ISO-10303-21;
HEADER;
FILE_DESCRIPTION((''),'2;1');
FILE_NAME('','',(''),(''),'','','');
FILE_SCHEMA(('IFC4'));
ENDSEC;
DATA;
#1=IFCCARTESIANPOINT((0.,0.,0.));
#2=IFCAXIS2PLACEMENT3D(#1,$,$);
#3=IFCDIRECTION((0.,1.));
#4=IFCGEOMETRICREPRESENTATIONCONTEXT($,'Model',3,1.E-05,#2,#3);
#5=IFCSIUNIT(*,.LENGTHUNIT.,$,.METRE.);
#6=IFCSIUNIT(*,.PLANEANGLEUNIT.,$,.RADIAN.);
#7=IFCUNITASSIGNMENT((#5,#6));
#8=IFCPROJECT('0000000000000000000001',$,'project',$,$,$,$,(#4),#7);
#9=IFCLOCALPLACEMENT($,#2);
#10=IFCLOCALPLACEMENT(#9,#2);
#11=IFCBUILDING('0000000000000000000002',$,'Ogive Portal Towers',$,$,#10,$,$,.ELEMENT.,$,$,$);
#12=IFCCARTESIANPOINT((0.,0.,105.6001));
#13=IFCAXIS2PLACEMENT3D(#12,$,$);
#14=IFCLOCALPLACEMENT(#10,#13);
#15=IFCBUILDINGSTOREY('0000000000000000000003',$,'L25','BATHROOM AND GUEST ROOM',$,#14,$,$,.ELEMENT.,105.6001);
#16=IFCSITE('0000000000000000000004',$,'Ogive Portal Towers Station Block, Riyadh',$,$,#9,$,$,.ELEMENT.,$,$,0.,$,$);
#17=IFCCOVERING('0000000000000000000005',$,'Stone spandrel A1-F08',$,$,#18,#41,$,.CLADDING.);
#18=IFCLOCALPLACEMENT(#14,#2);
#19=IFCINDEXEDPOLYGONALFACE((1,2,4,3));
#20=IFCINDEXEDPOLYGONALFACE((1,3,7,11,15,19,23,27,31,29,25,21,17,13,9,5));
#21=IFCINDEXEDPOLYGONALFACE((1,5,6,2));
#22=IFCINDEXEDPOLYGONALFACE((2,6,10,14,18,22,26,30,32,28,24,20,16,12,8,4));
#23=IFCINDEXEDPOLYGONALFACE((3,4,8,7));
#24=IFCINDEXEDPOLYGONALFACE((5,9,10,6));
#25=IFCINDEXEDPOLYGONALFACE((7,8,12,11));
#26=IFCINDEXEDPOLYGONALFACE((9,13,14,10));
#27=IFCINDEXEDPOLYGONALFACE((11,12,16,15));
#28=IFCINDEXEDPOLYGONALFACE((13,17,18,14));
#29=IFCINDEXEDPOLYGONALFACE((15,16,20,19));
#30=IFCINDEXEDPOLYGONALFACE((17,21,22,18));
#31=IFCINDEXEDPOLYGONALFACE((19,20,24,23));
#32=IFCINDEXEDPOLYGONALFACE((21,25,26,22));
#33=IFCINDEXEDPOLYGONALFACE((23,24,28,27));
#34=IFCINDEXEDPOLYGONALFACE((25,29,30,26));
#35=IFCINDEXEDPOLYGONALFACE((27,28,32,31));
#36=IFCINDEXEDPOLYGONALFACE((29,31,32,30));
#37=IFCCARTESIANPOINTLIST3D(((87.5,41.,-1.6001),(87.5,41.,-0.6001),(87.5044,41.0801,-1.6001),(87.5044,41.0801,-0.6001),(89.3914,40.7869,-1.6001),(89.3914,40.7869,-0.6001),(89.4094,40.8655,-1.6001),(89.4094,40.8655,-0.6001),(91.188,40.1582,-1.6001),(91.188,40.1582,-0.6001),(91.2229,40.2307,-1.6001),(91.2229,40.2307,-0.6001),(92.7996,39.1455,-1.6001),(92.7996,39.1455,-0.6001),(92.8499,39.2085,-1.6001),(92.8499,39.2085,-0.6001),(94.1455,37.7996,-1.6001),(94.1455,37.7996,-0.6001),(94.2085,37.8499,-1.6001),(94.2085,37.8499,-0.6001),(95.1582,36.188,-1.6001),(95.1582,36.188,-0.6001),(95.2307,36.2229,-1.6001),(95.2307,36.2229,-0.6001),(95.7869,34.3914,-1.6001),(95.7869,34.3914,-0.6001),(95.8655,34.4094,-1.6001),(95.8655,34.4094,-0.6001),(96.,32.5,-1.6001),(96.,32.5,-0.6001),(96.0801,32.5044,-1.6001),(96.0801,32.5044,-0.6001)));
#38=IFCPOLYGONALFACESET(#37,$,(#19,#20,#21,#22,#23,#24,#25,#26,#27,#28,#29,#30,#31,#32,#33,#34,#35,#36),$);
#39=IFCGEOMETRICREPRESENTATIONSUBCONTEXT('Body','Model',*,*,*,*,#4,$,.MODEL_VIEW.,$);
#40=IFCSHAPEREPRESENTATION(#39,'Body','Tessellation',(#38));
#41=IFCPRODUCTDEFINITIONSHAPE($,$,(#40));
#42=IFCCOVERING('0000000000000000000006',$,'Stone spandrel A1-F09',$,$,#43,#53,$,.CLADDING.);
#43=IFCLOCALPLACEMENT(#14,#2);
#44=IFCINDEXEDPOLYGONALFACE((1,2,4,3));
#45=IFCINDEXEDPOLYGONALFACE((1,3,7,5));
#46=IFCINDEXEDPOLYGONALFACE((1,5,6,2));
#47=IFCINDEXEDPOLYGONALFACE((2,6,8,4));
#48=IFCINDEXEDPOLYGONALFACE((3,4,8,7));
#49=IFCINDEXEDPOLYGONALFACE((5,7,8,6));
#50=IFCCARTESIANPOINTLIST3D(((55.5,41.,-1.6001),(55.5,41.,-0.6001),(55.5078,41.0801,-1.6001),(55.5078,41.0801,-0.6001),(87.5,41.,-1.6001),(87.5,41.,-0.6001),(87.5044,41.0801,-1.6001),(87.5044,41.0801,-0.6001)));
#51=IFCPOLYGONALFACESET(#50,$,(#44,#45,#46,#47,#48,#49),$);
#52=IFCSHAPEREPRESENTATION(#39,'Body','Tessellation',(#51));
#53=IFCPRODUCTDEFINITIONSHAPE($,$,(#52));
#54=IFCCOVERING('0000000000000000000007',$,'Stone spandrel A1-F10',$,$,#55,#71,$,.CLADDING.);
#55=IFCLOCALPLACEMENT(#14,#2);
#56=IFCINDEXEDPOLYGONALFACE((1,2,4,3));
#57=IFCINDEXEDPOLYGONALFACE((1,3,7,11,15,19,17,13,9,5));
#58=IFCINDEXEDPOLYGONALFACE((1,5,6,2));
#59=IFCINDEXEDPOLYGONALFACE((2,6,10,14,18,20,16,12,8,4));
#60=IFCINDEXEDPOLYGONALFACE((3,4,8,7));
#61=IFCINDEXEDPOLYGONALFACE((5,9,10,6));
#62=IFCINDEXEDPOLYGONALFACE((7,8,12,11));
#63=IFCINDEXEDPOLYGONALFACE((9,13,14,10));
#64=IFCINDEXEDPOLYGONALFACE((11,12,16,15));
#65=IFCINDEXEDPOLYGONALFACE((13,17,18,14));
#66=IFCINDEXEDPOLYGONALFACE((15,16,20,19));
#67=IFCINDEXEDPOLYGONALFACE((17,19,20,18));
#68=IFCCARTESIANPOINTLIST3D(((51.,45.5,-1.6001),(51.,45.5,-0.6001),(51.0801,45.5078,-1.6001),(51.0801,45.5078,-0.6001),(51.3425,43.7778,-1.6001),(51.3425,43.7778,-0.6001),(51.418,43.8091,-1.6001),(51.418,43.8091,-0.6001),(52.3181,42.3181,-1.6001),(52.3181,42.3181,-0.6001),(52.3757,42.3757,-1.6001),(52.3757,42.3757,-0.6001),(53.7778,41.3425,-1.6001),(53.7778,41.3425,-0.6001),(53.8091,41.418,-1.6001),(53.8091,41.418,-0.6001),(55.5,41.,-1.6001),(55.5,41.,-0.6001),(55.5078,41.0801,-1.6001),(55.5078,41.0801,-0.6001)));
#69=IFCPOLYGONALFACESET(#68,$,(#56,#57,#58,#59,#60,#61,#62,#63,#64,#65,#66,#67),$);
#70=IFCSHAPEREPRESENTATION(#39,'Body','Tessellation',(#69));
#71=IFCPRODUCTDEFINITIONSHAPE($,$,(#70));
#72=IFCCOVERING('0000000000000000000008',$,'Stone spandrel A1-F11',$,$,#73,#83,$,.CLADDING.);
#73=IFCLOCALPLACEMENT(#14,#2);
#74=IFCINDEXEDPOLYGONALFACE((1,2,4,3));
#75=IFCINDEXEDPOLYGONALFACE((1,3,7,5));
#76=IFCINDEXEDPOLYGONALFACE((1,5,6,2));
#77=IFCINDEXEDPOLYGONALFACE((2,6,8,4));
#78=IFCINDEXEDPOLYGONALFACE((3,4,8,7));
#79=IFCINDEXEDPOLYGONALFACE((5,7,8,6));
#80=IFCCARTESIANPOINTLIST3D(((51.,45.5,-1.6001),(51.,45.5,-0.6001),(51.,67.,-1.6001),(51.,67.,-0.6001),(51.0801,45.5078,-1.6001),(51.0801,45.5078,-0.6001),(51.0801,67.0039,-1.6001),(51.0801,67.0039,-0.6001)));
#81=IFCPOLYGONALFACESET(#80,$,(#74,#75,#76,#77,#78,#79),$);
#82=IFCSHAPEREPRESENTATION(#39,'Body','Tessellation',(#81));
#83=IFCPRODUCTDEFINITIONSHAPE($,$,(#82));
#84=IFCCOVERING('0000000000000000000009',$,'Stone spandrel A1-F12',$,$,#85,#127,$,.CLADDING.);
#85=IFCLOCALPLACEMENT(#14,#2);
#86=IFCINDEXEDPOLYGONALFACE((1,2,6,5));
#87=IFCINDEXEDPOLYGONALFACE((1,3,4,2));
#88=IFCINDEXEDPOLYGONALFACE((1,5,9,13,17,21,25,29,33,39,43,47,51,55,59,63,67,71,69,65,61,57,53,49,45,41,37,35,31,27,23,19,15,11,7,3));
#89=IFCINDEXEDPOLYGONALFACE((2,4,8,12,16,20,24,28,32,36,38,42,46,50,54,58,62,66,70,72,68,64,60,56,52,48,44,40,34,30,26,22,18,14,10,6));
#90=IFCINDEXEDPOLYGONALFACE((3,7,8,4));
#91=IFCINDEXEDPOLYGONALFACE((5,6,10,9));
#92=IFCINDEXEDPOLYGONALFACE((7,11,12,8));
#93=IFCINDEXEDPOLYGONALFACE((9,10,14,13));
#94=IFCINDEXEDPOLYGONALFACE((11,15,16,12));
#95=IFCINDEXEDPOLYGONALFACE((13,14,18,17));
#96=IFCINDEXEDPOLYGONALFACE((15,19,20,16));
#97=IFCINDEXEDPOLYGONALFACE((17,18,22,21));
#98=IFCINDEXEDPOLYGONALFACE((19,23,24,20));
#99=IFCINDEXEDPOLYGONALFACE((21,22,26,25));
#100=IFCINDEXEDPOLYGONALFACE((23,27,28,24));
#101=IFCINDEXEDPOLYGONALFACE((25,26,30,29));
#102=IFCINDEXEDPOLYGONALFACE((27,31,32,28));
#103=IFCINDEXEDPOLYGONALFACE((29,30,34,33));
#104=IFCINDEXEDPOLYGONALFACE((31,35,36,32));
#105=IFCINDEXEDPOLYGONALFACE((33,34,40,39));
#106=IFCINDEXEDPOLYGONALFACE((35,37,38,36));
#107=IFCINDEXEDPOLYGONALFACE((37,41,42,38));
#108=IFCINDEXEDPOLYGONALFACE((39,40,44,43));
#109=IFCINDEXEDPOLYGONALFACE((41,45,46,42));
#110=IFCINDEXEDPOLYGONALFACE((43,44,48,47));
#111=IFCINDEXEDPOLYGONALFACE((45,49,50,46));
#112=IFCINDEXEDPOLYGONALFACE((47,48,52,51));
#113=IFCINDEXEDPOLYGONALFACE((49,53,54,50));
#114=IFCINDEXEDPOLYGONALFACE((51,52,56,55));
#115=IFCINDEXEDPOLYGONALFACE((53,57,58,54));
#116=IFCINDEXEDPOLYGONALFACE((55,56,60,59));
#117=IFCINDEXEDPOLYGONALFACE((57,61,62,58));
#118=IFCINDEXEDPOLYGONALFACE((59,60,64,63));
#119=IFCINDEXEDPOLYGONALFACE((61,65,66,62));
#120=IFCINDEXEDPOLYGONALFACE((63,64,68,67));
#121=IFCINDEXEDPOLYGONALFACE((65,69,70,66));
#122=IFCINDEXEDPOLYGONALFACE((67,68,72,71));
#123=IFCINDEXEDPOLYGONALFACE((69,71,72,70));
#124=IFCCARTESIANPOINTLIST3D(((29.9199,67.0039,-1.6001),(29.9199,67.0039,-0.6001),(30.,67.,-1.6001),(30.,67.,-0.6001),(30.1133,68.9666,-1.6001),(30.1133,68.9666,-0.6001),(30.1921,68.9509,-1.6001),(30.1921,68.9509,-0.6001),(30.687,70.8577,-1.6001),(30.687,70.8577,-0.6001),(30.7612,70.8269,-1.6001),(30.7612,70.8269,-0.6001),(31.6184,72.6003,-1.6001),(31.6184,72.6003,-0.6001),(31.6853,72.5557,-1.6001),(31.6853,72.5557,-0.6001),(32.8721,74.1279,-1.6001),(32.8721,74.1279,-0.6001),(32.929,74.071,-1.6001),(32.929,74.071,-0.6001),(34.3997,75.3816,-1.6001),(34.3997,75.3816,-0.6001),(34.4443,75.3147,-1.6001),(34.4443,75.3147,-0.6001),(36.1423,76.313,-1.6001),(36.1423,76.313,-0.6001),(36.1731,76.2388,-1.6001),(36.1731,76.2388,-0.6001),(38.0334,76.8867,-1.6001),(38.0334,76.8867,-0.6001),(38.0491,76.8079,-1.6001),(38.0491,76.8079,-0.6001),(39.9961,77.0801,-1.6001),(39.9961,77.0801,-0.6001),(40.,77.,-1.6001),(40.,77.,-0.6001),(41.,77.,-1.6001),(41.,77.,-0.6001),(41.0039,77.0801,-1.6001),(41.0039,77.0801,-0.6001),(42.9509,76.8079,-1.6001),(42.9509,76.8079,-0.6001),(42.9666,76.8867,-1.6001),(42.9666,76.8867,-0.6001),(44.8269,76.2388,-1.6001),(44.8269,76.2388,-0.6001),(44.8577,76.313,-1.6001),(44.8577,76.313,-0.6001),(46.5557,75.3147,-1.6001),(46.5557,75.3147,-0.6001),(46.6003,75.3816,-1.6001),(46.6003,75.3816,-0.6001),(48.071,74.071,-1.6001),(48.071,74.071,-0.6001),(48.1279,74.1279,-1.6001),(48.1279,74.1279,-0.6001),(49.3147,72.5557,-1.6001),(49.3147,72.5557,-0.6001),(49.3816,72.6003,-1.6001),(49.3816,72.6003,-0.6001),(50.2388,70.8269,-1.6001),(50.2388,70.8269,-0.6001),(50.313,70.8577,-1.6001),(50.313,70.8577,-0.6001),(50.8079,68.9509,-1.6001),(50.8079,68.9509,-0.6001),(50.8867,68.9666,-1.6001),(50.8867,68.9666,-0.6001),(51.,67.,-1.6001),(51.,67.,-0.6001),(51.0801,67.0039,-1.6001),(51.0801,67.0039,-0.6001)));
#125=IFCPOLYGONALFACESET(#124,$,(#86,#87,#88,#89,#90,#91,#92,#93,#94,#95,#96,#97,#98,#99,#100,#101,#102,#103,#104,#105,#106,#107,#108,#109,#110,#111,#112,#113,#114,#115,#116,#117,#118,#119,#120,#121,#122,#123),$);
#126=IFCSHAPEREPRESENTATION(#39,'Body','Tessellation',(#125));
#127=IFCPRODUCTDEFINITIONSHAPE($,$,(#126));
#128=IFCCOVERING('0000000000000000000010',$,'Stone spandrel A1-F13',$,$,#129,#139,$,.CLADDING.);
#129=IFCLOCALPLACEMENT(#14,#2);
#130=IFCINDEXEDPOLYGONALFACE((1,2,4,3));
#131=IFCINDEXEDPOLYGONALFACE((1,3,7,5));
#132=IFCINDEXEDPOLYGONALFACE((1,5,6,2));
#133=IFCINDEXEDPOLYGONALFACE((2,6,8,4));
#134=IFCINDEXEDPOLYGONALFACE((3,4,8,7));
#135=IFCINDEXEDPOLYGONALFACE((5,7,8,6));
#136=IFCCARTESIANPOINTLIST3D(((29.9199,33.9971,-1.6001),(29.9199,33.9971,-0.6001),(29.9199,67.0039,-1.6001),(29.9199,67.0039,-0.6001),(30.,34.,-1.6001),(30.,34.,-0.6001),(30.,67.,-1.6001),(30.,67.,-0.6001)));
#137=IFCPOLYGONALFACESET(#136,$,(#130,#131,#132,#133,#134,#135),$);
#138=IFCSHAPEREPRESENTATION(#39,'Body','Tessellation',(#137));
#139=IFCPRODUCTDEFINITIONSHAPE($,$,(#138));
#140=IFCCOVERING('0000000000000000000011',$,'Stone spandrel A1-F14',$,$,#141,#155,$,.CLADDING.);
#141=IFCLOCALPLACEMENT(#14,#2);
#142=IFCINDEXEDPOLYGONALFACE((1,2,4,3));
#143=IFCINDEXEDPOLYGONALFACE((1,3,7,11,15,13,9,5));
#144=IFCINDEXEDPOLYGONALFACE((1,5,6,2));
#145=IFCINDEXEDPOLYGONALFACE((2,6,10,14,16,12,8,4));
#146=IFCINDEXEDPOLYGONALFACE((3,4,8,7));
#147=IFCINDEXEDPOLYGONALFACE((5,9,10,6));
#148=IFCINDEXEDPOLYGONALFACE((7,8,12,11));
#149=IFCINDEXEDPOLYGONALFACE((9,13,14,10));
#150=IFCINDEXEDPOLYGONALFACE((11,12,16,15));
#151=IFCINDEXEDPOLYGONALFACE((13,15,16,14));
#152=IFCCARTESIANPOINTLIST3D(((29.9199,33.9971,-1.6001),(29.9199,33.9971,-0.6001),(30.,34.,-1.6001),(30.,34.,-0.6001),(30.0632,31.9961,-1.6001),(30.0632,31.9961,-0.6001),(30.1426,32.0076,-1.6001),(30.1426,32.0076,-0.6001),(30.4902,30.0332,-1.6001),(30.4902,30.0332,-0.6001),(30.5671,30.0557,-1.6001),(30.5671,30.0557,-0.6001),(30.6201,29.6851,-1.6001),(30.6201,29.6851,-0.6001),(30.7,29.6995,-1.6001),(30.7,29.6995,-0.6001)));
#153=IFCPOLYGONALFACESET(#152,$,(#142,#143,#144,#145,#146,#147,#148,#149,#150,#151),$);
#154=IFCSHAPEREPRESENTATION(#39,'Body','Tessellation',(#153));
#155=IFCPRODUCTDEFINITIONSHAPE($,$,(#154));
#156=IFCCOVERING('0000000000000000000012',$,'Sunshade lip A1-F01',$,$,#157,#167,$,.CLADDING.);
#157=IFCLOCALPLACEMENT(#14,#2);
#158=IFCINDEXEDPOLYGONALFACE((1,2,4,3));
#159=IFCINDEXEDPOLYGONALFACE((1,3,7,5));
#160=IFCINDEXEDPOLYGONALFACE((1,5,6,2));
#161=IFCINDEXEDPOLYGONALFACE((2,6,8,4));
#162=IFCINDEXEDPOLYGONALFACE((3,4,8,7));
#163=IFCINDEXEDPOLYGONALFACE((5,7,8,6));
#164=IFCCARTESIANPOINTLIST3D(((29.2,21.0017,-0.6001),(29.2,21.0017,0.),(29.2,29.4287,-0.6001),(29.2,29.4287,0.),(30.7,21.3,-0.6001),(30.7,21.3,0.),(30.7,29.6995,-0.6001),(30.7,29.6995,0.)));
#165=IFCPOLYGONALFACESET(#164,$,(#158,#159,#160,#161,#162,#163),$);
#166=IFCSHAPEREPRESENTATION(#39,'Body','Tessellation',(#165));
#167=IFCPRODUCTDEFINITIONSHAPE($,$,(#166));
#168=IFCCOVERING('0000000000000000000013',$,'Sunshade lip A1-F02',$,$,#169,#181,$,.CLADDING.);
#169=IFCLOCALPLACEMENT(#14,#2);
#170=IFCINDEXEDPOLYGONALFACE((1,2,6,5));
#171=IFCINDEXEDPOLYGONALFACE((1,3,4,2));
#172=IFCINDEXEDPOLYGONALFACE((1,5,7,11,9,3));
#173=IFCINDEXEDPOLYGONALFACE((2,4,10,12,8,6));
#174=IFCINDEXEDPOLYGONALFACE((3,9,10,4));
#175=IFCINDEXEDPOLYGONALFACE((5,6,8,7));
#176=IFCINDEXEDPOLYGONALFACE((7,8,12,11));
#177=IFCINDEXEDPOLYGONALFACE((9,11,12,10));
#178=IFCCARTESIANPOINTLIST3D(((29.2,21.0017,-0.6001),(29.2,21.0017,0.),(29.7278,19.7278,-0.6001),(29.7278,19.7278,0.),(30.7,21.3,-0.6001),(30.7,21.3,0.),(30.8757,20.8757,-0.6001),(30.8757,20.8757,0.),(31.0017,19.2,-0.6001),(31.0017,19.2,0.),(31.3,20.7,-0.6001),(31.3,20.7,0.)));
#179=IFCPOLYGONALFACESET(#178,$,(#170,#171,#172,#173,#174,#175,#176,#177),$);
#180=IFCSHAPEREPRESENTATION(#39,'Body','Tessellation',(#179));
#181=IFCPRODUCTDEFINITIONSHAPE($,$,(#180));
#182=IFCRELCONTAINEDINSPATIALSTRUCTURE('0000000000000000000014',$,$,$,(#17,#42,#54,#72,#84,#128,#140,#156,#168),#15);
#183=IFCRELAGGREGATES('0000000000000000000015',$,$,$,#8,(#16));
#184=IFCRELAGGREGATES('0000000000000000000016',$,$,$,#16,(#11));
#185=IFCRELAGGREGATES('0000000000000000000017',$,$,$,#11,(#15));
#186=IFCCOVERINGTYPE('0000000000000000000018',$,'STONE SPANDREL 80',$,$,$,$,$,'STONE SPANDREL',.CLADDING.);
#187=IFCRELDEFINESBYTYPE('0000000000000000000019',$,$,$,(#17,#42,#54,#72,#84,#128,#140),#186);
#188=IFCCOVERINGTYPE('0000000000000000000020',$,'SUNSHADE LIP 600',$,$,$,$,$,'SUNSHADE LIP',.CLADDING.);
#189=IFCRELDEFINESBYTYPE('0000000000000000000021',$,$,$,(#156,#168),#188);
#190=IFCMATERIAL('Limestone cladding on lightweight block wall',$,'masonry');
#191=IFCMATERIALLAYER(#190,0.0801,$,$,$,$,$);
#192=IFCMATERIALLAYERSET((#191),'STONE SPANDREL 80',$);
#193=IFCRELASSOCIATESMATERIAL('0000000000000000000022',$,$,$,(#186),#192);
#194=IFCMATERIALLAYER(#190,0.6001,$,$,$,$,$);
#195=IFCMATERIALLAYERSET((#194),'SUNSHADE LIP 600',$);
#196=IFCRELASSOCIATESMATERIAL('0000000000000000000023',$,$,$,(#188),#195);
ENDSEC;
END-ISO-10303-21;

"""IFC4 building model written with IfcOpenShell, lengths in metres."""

from ifc_helpers import new_model, si_unit, direction, frame, origin, place, context, subcontext, project, spatial, polyline, outline, extrude, material, layer, layer_set, type_object, element, save


model = new_model("IFC4")

# Units and contexts
model_context = context("Model", 3, precision=1e-05, world=origin(), true_north=direction((0.0, 1.0)))
body_context = subcontext(model_context, "Body", "Model", "MODEL_VIEW")
ifc_project = project(units=[si_unit("LENGTHUNIT", "METRE"), si_unit("PLANEANGLEUNIT", "RADIAN")], contexts=[model_context])

# Site, building, storey
site_placement = place(None, origin())
site = spatial("IfcSite", under=ifc_project, at=site_placement, Name="Ogive Portal Towers Station Block, Riyadh", CompositionType="ELEMENT", RefElevation=0.0)
building_placement = place(site_placement, origin())
building = spatial("IfcBuilding", under=site, at=building_placement, Name="Ogive Portal Towers", CompositionType="ELEMENT")
storey_placement = place(building_placement, frame((0.0, 0.0, 105.6001)))
storey = spatial("IfcBuildingStorey", under=building, at=storey_placement, Name="L25", Description="BATHROOM AND GUEST ROOM", CompositionType="ELEMENT", Elevation=105.6001)

# Shared definitions
ifc_material_1 = material(Name="Limestone cladding on lightweight block wall", Category="masonry")

# Coverings
ifc_layer_1 = layer(ifc_material_1, 0.0801)
ifc_layer_set_1 = layer_set([ifc_layer_1], Name="STONE SPANDREL 80")
covering_type_1 = type_object("IfcCoveringType", Name="STONE SPANDREL 80", ElementType="STONE SPANDREL", PredefinedType="CLADDING", material=ifc_layer_set_1)
covering_1_placement = place(storey_placement, frame((0.0, 0.0, -1.6001)))
element("IfcCovering", 1, at=covering_1_placement, inside=storey, type_object=covering_type_1, Name="Stone spandrel A1-F08", PredefinedType="CLADDING", context=body_context, shape_type="SweptSolid", body=[
    extrude(outline(polyline([(96.0, 32.5), (95.7869, 34.3914), (95.1582, 36.188), (94.1455, 37.7996), (92.7996, 39.1455), (91.188, 40.1582), (89.3914, 40.7869), (87.5, 41.0), (87.5044, 41.0801), (89.4094, 40.8655), (91.2229, 40.2307), (92.8499, 39.2085), (94.2085, 37.8499), (95.2307, 36.2229), (95.8655, 34.4094), (96.0801, 32.5044), (96.0, 32.5)])), origin(), (0.0, 0.0, 1.0), 1.0),
])
covering_2_placement = place(storey_placement, frame((0.0, 0.0, -1.6001)))
element("IfcCovering", 2, at=covering_2_placement, inside=storey, type_object=covering_type_1, Name="Stone spandrel A1-F09", PredefinedType="CLADDING", context=body_context, shape_type="SweptSolid", body=[
    extrude(outline(polyline([(87.5, 41.0), (55.5, 41.0), (55.5078, 41.0801), (87.5044, 41.0801), (87.5, 41.0)])), origin(), (0.0, 0.0, 1.0), 1.0),
])
covering_3_placement = place(storey_placement, frame((0.0, 0.0, -1.6001)))
element("IfcCovering", 3, at=covering_3_placement, inside=storey, type_object=covering_type_1, Name="Stone spandrel A1-F10", PredefinedType="CLADDING", context=body_context, shape_type="SweptSolid", body=[
    extrude(outline(polyline([(55.5, 41.0), (53.7778, 41.3425), (52.3181, 42.3181), (51.3425, 43.7778), (51.0, 45.5), (51.0801, 45.5078), (51.418, 43.8091), (52.3757, 42.3757), (53.8091, 41.418), (55.5078, 41.0801), (55.5, 41.0)])), origin(), (0.0, 0.0, 1.0), 1.0),
])
covering_4_placement = place(storey_placement, frame((0.0, 0.0, -1.6001)))
element("IfcCovering", 4, at=covering_4_placement, inside=storey, type_object=covering_type_1, Name="Stone spandrel A1-F11", PredefinedType="CLADDING", context=body_context, shape_type="SweptSolid", body=[
    extrude(outline(polyline([(51.0, 45.5), (51.0, 67.0), (51.0801, 67.0039), (51.0801, 45.5078), (51.0, 45.5)])), origin(), (0.0, 0.0, 1.0), 1.0),
])
covering_5_placement = place(storey_placement, frame((0.0, 0.0, -1.6001)))
element("IfcCovering", 5, at=covering_5_placement, inside=storey, type_object=covering_type_1, Name="Stone spandrel A1-F12", PredefinedType="CLADDING", context=body_context, shape_type="SweptSolid", body=[
    extrude(outline(polyline([(51.0, 67.0), (50.8079, 68.9509), (50.2388, 70.8269), (49.3147, 72.5557), (48.071, 74.071), (46.5557, 75.3147), (44.8269, 76.2388), (42.9509, 76.8079), (41.0, 77.0), (40.0, 77.0), (38.0491, 76.8079), (36.1731, 76.2388), (34.4443, 75.3147), (32.929, 74.071), (31.6853, 72.5557), (30.7612, 70.8269), (30.1921, 68.9509), (30.0, 67.0), (29.9199, 67.0039), (30.1133, 68.9666), (30.687, 70.8577), (31.6184, 72.6003), (32.8721, 74.1279), (34.3997, 75.3816), (36.1423, 76.313), (38.0334, 76.8867), (39.9961, 77.0801), (41.0039, 77.0801), (42.9666, 76.8867), (44.8577, 76.313), (46.6003, 75.3816), (48.1279, 74.1279), (49.3816, 72.6003), (50.313, 70.8577), (50.8867, 68.9666), (51.0801, 67.0039), (51.0, 67.0)])), origin(), (0.0, 0.0, 1.0), 1.0),
])
covering_6_placement = place(storey_placement, frame((0.0, 0.0, -1.6001)))
element("IfcCovering", 6, at=covering_6_placement, inside=storey, type_object=covering_type_1, Name="Stone spandrel A1-F13", PredefinedType="CLADDING", context=body_context, shape_type="SweptSolid", body=[
    extrude(outline(polyline([(30.0, 67.0), (30.0, 34.0), (29.9199, 33.9971), (29.9199, 67.0039), (30.0, 67.0)])), origin(), (0.0, 0.0, 1.0), 1.0),
])
covering_7_placement = place(storey_placement, frame((0.0, 0.0, -1.6001)))
element("IfcCovering", 7, at=covering_7_placement, inside=storey, type_object=covering_type_1, Name="Stone spandrel A1-F14", PredefinedType="CLADDING", context=body_context, shape_type="SweptSolid", body=[
    extrude(outline(polyline([(30.0, 34.0), (30.1426, 32.0076), (30.5671, 30.0557), (30.7, 29.6995), (30.6201, 29.6851), (30.4902, 30.0332), (30.0632, 31.9961), (29.9199, 33.9971), (30.0, 34.0)])), origin(), (0.0, 0.0, 1.0), 1.0),
])
ifc_layer_2 = layer(ifc_material_1, 0.6001)
ifc_layer_set_2 = layer_set([ifc_layer_2], Name="SUNSHADE LIP 600")
covering_type_2 = type_object("IfcCoveringType", Name="SUNSHADE LIP 600", ElementType="SUNSHADE LIP", PredefinedType="CLADDING", material=ifc_layer_set_2)
covering_8_placement = place(storey_placement, frame((0.0, 0.0, -0.6001)))
element("IfcCovering", 8, at=covering_8_placement, inside=storey, type_object=covering_type_2, Name="Sunshade lip A1-F01", PredefinedType="CLADDING", context=body_context, shape_type="SweptSolid", body=[
    extrude(outline(polyline([(30.7, 29.6995), (30.7, 21.3), (29.2, 21.0017), (29.2, 29.4287), (30.7, 29.6995)])), origin(), (0.0, 0.0, 1.0), 0.6001),
])
covering_9_placement = place(storey_placement, frame((0.0, 0.0, -0.6001)))
element("IfcCovering", 9, at=covering_9_placement, inside=storey, type_object=covering_type_2, Name="Sunshade lip A1-F02", PredefinedType="CLADDING", context=body_context, shape_type="SweptSolid", body=[
    extrude(outline(polyline([(30.7, 21.3), (30.8757, 20.8757), (31.3, 20.7), (31.0017, 19.2), (29.7278, 19.7278), (29.2, 21.0017), (30.7, 21.3)])), origin(), (0.0, 0.0, 1.0), 0.6001),
])

save(model, "model.ifc")
